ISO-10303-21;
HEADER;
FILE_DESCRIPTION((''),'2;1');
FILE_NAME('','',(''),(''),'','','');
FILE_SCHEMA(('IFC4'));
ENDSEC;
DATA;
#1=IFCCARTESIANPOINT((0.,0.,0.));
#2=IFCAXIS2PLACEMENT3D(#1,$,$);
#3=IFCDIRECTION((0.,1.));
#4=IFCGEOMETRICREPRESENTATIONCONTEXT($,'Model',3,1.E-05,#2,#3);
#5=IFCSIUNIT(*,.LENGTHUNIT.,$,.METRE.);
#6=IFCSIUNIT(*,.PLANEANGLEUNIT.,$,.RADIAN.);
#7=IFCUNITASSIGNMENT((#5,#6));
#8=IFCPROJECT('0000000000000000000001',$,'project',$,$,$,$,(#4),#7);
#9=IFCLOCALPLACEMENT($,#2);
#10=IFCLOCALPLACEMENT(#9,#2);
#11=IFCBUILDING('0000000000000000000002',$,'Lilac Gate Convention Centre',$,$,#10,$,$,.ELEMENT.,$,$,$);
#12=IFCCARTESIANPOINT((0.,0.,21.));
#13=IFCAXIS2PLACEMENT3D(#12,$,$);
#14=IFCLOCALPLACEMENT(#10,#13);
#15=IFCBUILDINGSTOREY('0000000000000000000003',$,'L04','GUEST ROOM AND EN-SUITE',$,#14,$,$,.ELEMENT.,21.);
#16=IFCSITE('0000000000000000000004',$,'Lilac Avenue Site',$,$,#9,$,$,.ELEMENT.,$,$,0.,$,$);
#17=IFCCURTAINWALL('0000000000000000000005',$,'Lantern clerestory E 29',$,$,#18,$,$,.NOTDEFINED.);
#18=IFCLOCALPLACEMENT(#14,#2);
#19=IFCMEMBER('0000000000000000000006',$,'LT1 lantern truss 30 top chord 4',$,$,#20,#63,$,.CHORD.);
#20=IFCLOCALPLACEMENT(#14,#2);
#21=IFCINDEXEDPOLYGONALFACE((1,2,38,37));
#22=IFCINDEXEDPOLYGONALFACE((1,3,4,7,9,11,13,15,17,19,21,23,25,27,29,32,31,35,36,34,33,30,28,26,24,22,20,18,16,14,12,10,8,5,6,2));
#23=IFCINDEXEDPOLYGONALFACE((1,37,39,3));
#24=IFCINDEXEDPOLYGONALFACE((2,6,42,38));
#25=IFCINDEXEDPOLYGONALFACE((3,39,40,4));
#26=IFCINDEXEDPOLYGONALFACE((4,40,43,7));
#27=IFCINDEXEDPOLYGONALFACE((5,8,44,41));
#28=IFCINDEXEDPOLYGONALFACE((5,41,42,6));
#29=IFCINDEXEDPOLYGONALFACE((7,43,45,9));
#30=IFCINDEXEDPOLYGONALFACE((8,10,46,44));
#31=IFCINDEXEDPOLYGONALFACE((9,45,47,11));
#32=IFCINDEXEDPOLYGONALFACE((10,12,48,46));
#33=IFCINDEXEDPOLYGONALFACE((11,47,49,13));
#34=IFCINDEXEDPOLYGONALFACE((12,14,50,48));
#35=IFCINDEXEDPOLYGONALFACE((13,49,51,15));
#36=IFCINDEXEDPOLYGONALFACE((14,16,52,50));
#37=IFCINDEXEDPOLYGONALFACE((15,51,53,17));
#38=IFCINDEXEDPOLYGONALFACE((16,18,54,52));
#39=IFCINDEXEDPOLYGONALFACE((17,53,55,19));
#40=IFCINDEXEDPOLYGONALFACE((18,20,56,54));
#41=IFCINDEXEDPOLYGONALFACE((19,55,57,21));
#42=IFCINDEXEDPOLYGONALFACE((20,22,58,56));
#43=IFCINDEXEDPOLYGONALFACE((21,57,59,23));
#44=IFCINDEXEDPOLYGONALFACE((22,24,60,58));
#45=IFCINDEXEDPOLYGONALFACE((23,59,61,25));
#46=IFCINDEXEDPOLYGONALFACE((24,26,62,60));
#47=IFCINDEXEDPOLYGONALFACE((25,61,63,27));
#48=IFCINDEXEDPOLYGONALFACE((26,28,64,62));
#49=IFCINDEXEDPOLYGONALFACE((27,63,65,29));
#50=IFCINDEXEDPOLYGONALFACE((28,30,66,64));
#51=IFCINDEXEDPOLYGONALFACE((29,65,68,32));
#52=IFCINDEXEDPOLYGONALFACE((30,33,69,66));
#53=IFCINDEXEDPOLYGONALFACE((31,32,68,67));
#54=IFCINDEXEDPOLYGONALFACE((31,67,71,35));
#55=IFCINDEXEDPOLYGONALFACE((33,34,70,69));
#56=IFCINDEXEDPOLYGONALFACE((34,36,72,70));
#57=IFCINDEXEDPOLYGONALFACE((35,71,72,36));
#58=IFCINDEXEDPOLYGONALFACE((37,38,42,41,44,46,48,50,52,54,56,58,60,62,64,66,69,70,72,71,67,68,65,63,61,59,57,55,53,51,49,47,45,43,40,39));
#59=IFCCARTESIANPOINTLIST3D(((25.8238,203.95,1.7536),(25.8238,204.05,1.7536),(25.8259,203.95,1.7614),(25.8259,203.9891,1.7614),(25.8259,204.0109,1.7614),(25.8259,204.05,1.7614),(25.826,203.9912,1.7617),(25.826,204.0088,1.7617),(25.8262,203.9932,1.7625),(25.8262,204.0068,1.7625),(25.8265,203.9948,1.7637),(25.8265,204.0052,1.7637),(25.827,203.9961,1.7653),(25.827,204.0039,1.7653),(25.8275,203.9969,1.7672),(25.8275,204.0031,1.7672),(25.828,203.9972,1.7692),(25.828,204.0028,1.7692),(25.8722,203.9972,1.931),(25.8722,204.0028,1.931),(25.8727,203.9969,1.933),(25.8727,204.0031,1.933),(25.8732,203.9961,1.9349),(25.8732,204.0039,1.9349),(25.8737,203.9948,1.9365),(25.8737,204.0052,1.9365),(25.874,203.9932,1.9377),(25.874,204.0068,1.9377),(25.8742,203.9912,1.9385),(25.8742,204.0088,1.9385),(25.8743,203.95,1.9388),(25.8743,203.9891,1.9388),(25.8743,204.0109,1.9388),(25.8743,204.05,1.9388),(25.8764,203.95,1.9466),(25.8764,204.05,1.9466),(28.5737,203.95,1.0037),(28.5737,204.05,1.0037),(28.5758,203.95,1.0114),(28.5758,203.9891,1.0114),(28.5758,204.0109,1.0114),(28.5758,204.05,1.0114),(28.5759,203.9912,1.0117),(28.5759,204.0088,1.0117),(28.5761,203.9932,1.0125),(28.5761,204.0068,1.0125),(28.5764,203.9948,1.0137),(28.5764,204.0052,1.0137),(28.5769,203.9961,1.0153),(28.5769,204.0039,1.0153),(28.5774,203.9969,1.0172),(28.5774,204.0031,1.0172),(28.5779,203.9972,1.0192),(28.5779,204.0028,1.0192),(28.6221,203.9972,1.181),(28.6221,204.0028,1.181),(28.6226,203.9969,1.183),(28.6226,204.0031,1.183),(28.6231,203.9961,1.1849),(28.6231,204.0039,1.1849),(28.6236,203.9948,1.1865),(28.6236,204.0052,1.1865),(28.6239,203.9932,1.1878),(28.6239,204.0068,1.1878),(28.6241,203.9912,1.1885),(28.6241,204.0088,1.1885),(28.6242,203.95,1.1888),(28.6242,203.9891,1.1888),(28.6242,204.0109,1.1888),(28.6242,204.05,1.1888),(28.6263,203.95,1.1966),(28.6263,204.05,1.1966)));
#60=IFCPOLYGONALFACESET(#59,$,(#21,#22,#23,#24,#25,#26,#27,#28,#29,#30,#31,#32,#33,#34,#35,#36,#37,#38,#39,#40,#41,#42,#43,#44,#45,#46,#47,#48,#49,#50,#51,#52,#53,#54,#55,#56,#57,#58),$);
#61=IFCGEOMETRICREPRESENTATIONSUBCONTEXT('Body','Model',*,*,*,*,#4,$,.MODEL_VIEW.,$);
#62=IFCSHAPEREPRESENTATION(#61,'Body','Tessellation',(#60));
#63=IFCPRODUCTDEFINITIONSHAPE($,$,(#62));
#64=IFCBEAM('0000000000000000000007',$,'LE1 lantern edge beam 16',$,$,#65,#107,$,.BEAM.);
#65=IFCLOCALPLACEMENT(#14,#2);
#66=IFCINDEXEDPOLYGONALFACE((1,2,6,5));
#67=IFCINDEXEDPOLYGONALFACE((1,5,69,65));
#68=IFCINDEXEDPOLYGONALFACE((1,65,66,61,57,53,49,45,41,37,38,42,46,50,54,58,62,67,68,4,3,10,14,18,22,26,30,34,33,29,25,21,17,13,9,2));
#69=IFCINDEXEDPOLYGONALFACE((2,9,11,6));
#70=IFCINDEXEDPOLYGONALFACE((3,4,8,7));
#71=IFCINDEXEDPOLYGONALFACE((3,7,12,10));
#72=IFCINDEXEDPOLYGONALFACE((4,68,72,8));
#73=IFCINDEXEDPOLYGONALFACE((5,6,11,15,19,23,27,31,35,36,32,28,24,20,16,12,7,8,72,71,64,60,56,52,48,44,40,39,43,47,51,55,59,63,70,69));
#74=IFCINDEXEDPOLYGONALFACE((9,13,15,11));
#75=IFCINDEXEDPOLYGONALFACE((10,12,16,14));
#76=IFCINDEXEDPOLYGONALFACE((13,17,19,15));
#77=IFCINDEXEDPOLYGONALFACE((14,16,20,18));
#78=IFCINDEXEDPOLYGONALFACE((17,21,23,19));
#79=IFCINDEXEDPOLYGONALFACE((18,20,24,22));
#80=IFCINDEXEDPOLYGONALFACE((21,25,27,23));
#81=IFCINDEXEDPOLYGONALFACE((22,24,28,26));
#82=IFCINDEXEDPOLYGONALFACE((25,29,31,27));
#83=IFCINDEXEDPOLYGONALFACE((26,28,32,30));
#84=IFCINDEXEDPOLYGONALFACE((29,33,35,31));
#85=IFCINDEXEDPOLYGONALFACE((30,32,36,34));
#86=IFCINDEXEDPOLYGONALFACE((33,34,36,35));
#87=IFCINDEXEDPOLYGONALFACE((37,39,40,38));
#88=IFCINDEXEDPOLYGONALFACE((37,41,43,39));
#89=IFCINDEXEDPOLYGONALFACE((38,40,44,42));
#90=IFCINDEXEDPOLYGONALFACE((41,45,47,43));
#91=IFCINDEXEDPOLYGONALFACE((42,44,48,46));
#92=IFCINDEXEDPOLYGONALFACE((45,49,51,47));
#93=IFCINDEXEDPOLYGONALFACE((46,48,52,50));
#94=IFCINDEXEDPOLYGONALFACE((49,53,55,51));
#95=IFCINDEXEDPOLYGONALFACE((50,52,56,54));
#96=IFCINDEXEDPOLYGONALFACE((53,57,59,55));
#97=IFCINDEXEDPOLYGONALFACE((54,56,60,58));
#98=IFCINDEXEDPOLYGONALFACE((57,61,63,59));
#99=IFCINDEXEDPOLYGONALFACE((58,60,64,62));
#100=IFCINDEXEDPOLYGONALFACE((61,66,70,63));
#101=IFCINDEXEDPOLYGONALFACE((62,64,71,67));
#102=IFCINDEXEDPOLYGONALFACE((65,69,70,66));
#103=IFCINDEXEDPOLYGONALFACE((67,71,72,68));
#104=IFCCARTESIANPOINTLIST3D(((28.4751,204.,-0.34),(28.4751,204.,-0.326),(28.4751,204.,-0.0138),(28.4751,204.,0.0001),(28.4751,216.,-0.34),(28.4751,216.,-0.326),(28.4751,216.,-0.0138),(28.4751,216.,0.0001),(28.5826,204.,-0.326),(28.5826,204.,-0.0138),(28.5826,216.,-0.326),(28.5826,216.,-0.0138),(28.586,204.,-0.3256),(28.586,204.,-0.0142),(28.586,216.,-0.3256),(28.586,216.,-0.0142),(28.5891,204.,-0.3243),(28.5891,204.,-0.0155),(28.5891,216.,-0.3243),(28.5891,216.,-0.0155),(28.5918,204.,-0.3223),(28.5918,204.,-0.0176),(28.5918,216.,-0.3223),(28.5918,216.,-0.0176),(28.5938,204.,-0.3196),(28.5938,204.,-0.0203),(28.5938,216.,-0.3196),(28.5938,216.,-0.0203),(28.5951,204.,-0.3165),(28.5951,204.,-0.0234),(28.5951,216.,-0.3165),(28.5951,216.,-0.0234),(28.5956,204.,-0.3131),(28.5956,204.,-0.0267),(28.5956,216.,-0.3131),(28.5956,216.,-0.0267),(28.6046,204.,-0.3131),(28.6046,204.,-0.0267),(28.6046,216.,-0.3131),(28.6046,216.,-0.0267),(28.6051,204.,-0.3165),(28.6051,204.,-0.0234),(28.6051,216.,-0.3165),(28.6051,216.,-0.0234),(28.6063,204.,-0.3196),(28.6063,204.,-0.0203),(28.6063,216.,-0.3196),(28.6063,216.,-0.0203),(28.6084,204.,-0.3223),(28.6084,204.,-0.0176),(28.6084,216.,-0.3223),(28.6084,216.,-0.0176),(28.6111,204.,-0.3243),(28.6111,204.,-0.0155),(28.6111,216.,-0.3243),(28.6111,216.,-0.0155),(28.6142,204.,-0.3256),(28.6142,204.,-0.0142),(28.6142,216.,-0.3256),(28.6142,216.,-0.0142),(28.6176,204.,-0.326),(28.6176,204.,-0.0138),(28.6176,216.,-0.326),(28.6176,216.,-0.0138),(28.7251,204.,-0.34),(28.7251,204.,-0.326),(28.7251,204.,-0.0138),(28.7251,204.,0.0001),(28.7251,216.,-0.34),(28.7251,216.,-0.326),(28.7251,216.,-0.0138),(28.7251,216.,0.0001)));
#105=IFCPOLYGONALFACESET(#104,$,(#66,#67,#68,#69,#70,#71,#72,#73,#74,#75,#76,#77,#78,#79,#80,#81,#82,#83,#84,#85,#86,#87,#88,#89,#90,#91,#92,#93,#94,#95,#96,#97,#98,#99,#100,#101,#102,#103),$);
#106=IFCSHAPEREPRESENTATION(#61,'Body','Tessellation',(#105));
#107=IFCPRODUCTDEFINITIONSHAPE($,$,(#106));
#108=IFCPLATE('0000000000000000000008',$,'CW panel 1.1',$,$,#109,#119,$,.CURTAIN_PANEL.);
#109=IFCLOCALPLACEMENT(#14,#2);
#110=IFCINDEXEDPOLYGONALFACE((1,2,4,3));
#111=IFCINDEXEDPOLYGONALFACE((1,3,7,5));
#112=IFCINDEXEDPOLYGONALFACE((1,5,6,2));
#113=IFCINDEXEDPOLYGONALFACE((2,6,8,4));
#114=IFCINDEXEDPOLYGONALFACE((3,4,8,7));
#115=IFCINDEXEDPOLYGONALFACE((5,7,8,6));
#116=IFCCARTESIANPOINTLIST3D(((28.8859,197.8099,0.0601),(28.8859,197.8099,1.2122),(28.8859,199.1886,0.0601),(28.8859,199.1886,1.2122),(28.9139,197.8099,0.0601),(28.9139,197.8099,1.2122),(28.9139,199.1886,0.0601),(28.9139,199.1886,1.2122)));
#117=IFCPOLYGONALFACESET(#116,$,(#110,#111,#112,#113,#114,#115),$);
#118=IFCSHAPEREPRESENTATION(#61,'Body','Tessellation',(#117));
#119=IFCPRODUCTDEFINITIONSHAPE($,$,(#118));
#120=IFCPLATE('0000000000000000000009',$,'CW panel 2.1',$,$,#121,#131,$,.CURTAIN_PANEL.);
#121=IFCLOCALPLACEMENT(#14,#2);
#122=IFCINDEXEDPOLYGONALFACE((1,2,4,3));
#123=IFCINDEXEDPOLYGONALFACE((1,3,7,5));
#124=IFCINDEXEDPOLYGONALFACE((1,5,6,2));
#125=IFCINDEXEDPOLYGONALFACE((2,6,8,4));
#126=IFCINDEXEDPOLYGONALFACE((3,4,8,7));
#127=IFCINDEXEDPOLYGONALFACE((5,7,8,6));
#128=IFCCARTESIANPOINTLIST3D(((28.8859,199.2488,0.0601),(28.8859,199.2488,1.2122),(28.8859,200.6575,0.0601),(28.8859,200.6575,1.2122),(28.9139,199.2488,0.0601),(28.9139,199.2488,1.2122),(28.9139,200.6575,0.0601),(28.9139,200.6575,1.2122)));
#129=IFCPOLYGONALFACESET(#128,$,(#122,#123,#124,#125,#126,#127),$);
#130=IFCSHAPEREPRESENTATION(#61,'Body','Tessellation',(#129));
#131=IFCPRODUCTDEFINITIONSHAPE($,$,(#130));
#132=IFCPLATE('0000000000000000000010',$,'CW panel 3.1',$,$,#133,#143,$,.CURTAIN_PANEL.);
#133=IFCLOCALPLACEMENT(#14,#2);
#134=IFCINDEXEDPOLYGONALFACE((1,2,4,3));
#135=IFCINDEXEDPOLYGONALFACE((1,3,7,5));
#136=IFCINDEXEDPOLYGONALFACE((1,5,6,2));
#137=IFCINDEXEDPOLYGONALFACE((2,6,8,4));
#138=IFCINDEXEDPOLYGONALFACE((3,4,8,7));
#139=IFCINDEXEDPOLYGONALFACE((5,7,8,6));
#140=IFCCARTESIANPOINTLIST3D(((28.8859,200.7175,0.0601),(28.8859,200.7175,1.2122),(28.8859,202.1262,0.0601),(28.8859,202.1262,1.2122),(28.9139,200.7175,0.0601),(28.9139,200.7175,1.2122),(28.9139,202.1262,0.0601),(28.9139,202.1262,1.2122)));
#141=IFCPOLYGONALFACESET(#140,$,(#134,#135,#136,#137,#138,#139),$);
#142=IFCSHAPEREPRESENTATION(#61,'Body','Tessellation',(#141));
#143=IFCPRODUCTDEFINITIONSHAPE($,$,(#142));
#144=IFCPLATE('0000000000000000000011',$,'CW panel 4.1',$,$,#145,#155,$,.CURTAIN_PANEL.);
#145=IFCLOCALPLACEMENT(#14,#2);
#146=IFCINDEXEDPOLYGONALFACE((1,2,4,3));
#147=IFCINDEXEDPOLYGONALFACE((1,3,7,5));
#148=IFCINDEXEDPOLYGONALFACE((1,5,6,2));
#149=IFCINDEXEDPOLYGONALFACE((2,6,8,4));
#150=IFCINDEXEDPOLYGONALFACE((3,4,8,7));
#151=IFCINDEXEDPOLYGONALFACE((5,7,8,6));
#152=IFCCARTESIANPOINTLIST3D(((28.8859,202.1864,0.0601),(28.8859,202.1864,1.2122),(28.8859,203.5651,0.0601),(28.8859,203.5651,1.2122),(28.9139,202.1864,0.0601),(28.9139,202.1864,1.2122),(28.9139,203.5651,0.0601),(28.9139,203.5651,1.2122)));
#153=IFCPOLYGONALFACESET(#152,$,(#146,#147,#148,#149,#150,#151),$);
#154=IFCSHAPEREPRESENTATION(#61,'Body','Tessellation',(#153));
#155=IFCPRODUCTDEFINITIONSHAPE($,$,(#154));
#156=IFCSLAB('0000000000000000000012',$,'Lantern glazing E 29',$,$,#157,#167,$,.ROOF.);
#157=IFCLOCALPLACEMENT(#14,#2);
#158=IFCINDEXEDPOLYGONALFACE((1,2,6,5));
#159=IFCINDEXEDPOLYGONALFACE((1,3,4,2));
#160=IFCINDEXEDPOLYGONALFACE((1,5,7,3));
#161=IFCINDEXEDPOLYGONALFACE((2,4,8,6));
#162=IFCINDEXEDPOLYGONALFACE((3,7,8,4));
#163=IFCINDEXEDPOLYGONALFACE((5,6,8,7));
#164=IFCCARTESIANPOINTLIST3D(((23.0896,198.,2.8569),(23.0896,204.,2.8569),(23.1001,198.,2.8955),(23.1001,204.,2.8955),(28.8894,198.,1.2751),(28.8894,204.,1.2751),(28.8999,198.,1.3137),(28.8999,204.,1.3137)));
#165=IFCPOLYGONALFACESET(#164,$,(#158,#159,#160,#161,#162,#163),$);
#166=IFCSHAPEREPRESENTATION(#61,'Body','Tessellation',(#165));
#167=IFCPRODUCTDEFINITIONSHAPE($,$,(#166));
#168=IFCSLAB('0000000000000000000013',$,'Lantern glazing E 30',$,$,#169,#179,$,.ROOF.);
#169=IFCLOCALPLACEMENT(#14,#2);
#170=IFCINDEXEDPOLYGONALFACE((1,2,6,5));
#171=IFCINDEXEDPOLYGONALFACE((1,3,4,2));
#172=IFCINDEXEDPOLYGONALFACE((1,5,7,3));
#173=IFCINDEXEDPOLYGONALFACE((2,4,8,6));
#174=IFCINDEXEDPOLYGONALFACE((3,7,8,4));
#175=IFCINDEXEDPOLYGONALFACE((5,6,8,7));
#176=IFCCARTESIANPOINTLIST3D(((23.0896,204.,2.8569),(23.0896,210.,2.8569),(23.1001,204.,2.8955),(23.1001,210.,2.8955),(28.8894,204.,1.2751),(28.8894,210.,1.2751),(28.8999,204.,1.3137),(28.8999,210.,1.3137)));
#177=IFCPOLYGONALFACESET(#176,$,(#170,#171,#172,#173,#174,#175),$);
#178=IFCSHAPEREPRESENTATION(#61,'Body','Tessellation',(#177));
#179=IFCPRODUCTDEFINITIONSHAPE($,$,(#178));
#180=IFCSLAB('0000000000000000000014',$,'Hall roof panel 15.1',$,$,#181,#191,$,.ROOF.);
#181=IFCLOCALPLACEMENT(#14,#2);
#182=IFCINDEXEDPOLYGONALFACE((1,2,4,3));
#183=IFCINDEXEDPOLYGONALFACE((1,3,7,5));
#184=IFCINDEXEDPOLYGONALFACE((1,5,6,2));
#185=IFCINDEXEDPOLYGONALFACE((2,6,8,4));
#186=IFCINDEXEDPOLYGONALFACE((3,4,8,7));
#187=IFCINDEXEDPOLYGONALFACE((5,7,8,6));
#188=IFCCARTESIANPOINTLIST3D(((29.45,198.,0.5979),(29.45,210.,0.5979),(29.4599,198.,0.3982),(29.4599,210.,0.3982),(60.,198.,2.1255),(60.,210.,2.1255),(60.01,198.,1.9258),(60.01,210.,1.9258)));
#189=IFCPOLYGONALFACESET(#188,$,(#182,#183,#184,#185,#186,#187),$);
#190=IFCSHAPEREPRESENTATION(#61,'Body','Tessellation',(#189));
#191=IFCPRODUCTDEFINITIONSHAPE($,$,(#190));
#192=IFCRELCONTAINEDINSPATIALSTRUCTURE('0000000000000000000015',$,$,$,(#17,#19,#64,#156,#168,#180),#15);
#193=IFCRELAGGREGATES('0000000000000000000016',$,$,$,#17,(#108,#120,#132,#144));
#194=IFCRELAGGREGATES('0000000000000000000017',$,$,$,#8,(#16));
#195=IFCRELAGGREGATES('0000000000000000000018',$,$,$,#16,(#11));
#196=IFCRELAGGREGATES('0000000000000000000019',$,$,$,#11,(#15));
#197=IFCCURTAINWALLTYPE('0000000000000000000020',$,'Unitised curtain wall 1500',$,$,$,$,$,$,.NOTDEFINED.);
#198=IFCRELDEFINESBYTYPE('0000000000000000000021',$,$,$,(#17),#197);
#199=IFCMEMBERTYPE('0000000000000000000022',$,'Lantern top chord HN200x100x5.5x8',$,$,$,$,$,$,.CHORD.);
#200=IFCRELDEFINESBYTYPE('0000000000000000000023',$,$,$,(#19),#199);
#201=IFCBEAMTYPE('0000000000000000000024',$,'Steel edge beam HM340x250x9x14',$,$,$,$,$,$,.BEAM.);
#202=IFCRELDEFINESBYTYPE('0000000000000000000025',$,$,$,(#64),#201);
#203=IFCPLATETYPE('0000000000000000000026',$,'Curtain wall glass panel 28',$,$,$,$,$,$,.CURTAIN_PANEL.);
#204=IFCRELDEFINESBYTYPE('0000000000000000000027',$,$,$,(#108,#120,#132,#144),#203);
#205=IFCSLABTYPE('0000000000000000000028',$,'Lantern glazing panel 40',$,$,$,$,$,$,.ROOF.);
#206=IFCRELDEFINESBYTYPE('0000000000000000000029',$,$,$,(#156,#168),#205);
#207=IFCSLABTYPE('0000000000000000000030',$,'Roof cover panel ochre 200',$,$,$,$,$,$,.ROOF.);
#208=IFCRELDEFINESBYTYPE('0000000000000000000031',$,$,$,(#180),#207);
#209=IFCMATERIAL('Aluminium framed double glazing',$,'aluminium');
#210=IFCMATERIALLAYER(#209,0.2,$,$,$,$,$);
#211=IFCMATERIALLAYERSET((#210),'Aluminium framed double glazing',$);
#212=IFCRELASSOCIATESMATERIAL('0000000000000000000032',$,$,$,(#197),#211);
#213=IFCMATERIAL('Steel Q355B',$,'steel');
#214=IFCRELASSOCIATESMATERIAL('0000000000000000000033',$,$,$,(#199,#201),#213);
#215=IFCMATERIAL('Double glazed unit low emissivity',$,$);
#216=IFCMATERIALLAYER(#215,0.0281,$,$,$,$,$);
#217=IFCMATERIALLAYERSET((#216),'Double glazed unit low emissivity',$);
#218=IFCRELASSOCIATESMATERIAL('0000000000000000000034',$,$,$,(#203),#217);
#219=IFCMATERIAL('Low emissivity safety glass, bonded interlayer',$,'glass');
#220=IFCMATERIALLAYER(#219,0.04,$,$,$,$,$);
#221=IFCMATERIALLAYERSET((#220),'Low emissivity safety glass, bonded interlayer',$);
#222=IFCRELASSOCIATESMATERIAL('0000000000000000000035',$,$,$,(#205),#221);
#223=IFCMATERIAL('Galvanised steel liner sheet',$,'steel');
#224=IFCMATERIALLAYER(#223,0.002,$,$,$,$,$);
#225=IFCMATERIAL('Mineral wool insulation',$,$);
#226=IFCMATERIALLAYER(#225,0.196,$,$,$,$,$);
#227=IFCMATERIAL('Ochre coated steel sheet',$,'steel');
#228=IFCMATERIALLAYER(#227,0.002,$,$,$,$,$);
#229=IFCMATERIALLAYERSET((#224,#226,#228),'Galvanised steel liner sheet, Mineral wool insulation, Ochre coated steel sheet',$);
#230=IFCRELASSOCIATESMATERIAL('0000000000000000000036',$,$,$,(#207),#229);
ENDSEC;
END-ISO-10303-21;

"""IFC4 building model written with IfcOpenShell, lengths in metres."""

from ifc_helpers import new_model, si_unit, direction, frame, origin, origin_2d, place, context, subcontext, project, spatial, polyline, rectangle, i_section, outline, extrude, material, layer, layer_set, material_profile, profile_set, type_object, element, aggregate, save


model = new_model("IFC4")

# Units and contexts
model_context = context("Model", 3, precision=1e-05, world=origin(), true_north=direction((0.0, 1.0)))
body_context = subcontext(model_context, "Body", "Model", "MODEL_VIEW")
ifc_project = project(units=[si_unit("LENGTHUNIT", "METRE"), si_unit("PLANEANGLEUNIT", "RADIAN")], contexts=[model_context])

# Site, building, storey
site_placement = place(None, origin())
site = spatial("IfcSite", under=ifc_project, at=site_placement, Name="Lilac Avenue Site", CompositionType="ELEMENT", RefElevation=0.0)
building_placement = place(site_placement, origin())
building = spatial("IfcBuilding", under=site, at=building_placement, Name="Lilac Gate Convention Centre", CompositionType="ELEMENT")
storey_placement = place(building_placement, frame((0.0, 0.0, 21.0)))
storey = spatial("IfcBuildingStorey", under=building, at=storey_placement, Name="L04", Description="GUEST ROOM AND EN-SUITE", CompositionType="ELEMENT", Elevation=21.0)

# Curtain wall
ifc_material_1 = material(Name="Aluminium framed double glazing", Category="aluminium")
ifc_layer_1 = layer(ifc_material_1, 0.2)
ifc_layer_set_1 = layer_set([ifc_layer_1], Name="Aluminium framed double glazing")
curtain_wall_type = type_object("IfcCurtainWallType", Name="Unitised curtain wall 1500", PredefinedType="NOTDEFINED", material=ifc_layer_set_1)
curtain_wall_1_placement = place(storey_placement, origin())
curtain_wall_1 = element("IfcCurtainWall", 1, at=curtain_wall_1_placement, inside=storey, type_object=curtain_wall_type, Name="Lantern clerestory E 29", PredefinedType="NOTDEFINED")

# Member
ifc_material_2 = material(Name="Steel Q355B", Category="steel")
ifc_material_profile_1 = material_profile(ifc_material_2, i_section(OverallWidth=0.1001, OverallDepth=0.2, WebThickness=0.0056, FlangeThickness=0.0081, FilletRadius=0.0081, at=origin_2d()), Name="HN200x100x5.5x8")
ifc_profile_set_1 = profile_set([ifc_material_profile_1], Name="Steel Q355B")
member_type_1 = type_object("IfcMemberType", Name="Lantern top chord HN200x100x5.5x8", PredefinedType="CHORD", material=ifc_profile_set_1)
for number, where, z_axis, x_axis, name in (
    (2, (25.8501, 204.0, 1.8501), (0.964764, 0.0, -0.263117), (0.0, 1.0, 0.0), "LT1 lantern truss 30 top chord 4"),
):
    element("IfcMember", number, at=place(storey_placement, frame(where, z_axis=z_axis, x_axis=x_axis)), inside=storey, type_object=member_type_1, Name=name, PredefinedType="CHORD", context=body_context, shape_type="SweptSolid", body=[
        extrude(i_section(OverallWidth=0.1001, OverallDepth=0.2, WebThickness=0.0056, FlangeThickness=0.0081, FilletRadius=0.0081, at=origin_2d()), origin(), (0.0, 0.0, 1.0), 2.8503),
    ])

# Beam
ifc_material_profile_2 = material_profile(ifc_material_2, i_section(OverallWidth=0.25, OverallDepth=0.3401, WebThickness=0.009, FlangeThickness=0.0139, FilletRadius=0.0129, at=origin_2d()), Name="HM340x250x9x14")
ifc_profile_set_2 = profile_set([ifc_material_profile_2], Name="Steel Q355B")
beam_type = type_object("IfcBeamType", Name="Steel edge beam HM340x250x9x14", PredefinedType="BEAM", material=ifc_profile_set_2)
beam_placement = place(storey_placement, frame((28.6001, 204.0, -0.1699), z_axis=(0.0, 1.0, 0.0), x_axis=(-1.0, 0.0, 0.0)))
element("IfcBeam", 3, at=beam_placement, inside=storey, type_object=beam_type, Name="LE1 lantern edge beam 16", PredefinedType="BEAM", context=body_context, shape_type="SweptSolid", body=[
    extrude(i_section(OverallWidth=0.25, OverallDepth=0.3401, WebThickness=0.009, FlangeThickness=0.0139, FilletRadius=0.0129, at=origin_2d()), origin(), (0.0, 0.0, 1.0), 12.0),
])

# Plates
ifc_material_3 = material(Name="Double glazed unit low emissivity")
ifc_layer_2 = layer(ifc_material_3, 0.0281)
ifc_layer_set_2 = layer_set([ifc_layer_2], Name="Double glazed unit low emissivity")
plate_type = type_object("IfcPlateType", Name="Curtain wall glass panel 28", PredefinedType="CURTAIN_PANEL", material=ifc_layer_set_2)
plate_1_placement = place(storey_placement, frame((28.8999, 198.4993, 0.0601), z_axis=(0.0, 0.0, 1.0), x_axis=(0.0, 1.0, 0.0)))
plate_1 = element("IfcPlate", 4, at=plate_1_placement, type_object=plate_type, Name="CW panel 1.1", PredefinedType="CURTAIN_PANEL", context=body_context, shape_type="SweptSolid", body=[
    extrude(rectangle(XDim=1.3787, YDim=0.0281, at=origin_2d()), origin(), (0.0, 0.0, 1.0), 1.1521),
])
plate_2_placement = place(storey_placement, frame((28.8999, 199.9531, 0.0601), z_axis=(0.0, 0.0, 1.0), x_axis=(0.0, 1.0, 0.0)))
plate_2 = element("IfcPlate", 5, at=plate_2_placement, type_object=plate_type, Name="CW panel 2.1", PredefinedType="CURTAIN_PANEL", context=body_context, shape_type="SweptSolid", body=[
    extrude(rectangle(XDim=1.4087, YDim=0.0281, at=origin_2d()), origin(), (0.0, 0.0, 1.0), 1.1521),
])
plate_3_placement = place(storey_placement, frame((28.8999, 201.4219, 0.0601), z_axis=(0.0, 0.0, 1.0), x_axis=(0.0, 1.0, 0.0)))
plate_3 = element("IfcPlate", 6, at=plate_3_placement, type_object=plate_type, Name="CW panel 3.1", PredefinedType="CURTAIN_PANEL", context=body_context, shape_type="SweptSolid", body=[
    extrude(rectangle(XDim=1.4087, YDim=0.0281, at=origin_2d()), origin(), (0.0, 0.0, 1.0), 1.1521),
])
plate_4_placement = place(storey_placement, frame((28.8999, 202.8757, 0.0601), z_axis=(0.0, 0.0, 1.0), x_axis=(0.0, 1.0, 0.0)))
plate_4 = element("IfcPlate", 7, at=plate_4_placement, type_object=plate_type, Name="CW panel 4.1", PredefinedType="CURTAIN_PANEL", context=body_context, shape_type="SweptSolid", body=[
    extrude(rectangle(XDim=1.3787, YDim=0.0281, at=origin_2d()), origin(), (0.0, 0.0, 1.0), 1.1521),
])
aggregate(curtain_wall_1, [plate_1, plate_2, plate_3, plate_4])

# Slabs
ifc_material_4 = material(Name="Low emissivity safety glass, bonded interlayer", Category="glass")
ifc_layer_3 = layer(ifc_material_4, 0.04)
ifc_layer_set_3 = layer_set([ifc_layer_3], Name="Low emissivity safety glass, bonded interlayer")
slab_type_1 = type_object("IfcSlabType", Name="Lantern glazing panel 40", PredefinedType="ROOF", material=ifc_layer_set_3)
for number, where, z_axis, x_axis, name in (
    (8, (23.1001, 198.0, 2.8955), (0.263121, 0.0, 0.964763), (0.964763, 0.0, -0.263121), "Lantern glazing E 29"),
    (9, (23.1001, 204.0, 2.8955), (0.263121, 0.0, 0.964763), (0.964763, 0.0, -0.263121), "Lantern glazing E 30"),
):
    element("IfcSlab", number, at=place(storey_placement, frame(where, z_axis=z_axis, x_axis=x_axis)), inside=storey, type_object=slab_type_1, Name=name, PredefinedType="ROOF", context=body_context, shape_type="SweptSolid", body=[
        extrude(outline(polyline([(0.0, 0.0), (6.0116, 0.0), (6.0116, 6.0), (0.0, 6.0), (0.0, 0.0)])), origin(), (0.0, 0.0, -1.0), 0.04),
    ])
ifc_material_5 = material(Name="Galvanised steel liner sheet", Category="steel")
ifc_layer_4 = layer(ifc_material_5, 0.002)
ifc_material_6 = material(Name="Mineral wool insulation")
ifc_layer_5 = layer(ifc_material_6, 0.196)
ifc_material_7 = material(Name="Ochre coated steel sheet", Category="steel")
ifc_layer_6 = layer(ifc_material_7, 0.002)
ifc_layer_set_4 = layer_set([ifc_layer_4, ifc_layer_5, ifc_layer_6], Name="Galvanised steel liner sheet, Mineral wool insulation, Ochre coated steel sheet")
slab_type_2 = type_object("IfcSlabType", Name="Roof cover panel ochre 200", PredefinedType="ROOF", material=ifc_layer_set_4)
slab_placement = place(storey_placement, frame((29.45, 198.0, 0.5979), z_axis=(-0.04994, 0.0, 0.998752), x_axis=(0.998752, 0.0, 0.04994)))
element("IfcSlab", 10, at=slab_placement, inside=storey, type_object=slab_type_2, Name="Hall roof panel 15.1", PredefinedType="ROOF", context=body_context, shape_type="SweptSolid", body=[
    extrude(outline(polyline([(0.0, 0.0), (30.5882, 0.0), (30.5882, 12.0), (0.0, 12.0), (0.0, 0.0)])), origin(), (0.0, 0.0, -1.0), 0.2),
])

save(model, "model.ifc")
